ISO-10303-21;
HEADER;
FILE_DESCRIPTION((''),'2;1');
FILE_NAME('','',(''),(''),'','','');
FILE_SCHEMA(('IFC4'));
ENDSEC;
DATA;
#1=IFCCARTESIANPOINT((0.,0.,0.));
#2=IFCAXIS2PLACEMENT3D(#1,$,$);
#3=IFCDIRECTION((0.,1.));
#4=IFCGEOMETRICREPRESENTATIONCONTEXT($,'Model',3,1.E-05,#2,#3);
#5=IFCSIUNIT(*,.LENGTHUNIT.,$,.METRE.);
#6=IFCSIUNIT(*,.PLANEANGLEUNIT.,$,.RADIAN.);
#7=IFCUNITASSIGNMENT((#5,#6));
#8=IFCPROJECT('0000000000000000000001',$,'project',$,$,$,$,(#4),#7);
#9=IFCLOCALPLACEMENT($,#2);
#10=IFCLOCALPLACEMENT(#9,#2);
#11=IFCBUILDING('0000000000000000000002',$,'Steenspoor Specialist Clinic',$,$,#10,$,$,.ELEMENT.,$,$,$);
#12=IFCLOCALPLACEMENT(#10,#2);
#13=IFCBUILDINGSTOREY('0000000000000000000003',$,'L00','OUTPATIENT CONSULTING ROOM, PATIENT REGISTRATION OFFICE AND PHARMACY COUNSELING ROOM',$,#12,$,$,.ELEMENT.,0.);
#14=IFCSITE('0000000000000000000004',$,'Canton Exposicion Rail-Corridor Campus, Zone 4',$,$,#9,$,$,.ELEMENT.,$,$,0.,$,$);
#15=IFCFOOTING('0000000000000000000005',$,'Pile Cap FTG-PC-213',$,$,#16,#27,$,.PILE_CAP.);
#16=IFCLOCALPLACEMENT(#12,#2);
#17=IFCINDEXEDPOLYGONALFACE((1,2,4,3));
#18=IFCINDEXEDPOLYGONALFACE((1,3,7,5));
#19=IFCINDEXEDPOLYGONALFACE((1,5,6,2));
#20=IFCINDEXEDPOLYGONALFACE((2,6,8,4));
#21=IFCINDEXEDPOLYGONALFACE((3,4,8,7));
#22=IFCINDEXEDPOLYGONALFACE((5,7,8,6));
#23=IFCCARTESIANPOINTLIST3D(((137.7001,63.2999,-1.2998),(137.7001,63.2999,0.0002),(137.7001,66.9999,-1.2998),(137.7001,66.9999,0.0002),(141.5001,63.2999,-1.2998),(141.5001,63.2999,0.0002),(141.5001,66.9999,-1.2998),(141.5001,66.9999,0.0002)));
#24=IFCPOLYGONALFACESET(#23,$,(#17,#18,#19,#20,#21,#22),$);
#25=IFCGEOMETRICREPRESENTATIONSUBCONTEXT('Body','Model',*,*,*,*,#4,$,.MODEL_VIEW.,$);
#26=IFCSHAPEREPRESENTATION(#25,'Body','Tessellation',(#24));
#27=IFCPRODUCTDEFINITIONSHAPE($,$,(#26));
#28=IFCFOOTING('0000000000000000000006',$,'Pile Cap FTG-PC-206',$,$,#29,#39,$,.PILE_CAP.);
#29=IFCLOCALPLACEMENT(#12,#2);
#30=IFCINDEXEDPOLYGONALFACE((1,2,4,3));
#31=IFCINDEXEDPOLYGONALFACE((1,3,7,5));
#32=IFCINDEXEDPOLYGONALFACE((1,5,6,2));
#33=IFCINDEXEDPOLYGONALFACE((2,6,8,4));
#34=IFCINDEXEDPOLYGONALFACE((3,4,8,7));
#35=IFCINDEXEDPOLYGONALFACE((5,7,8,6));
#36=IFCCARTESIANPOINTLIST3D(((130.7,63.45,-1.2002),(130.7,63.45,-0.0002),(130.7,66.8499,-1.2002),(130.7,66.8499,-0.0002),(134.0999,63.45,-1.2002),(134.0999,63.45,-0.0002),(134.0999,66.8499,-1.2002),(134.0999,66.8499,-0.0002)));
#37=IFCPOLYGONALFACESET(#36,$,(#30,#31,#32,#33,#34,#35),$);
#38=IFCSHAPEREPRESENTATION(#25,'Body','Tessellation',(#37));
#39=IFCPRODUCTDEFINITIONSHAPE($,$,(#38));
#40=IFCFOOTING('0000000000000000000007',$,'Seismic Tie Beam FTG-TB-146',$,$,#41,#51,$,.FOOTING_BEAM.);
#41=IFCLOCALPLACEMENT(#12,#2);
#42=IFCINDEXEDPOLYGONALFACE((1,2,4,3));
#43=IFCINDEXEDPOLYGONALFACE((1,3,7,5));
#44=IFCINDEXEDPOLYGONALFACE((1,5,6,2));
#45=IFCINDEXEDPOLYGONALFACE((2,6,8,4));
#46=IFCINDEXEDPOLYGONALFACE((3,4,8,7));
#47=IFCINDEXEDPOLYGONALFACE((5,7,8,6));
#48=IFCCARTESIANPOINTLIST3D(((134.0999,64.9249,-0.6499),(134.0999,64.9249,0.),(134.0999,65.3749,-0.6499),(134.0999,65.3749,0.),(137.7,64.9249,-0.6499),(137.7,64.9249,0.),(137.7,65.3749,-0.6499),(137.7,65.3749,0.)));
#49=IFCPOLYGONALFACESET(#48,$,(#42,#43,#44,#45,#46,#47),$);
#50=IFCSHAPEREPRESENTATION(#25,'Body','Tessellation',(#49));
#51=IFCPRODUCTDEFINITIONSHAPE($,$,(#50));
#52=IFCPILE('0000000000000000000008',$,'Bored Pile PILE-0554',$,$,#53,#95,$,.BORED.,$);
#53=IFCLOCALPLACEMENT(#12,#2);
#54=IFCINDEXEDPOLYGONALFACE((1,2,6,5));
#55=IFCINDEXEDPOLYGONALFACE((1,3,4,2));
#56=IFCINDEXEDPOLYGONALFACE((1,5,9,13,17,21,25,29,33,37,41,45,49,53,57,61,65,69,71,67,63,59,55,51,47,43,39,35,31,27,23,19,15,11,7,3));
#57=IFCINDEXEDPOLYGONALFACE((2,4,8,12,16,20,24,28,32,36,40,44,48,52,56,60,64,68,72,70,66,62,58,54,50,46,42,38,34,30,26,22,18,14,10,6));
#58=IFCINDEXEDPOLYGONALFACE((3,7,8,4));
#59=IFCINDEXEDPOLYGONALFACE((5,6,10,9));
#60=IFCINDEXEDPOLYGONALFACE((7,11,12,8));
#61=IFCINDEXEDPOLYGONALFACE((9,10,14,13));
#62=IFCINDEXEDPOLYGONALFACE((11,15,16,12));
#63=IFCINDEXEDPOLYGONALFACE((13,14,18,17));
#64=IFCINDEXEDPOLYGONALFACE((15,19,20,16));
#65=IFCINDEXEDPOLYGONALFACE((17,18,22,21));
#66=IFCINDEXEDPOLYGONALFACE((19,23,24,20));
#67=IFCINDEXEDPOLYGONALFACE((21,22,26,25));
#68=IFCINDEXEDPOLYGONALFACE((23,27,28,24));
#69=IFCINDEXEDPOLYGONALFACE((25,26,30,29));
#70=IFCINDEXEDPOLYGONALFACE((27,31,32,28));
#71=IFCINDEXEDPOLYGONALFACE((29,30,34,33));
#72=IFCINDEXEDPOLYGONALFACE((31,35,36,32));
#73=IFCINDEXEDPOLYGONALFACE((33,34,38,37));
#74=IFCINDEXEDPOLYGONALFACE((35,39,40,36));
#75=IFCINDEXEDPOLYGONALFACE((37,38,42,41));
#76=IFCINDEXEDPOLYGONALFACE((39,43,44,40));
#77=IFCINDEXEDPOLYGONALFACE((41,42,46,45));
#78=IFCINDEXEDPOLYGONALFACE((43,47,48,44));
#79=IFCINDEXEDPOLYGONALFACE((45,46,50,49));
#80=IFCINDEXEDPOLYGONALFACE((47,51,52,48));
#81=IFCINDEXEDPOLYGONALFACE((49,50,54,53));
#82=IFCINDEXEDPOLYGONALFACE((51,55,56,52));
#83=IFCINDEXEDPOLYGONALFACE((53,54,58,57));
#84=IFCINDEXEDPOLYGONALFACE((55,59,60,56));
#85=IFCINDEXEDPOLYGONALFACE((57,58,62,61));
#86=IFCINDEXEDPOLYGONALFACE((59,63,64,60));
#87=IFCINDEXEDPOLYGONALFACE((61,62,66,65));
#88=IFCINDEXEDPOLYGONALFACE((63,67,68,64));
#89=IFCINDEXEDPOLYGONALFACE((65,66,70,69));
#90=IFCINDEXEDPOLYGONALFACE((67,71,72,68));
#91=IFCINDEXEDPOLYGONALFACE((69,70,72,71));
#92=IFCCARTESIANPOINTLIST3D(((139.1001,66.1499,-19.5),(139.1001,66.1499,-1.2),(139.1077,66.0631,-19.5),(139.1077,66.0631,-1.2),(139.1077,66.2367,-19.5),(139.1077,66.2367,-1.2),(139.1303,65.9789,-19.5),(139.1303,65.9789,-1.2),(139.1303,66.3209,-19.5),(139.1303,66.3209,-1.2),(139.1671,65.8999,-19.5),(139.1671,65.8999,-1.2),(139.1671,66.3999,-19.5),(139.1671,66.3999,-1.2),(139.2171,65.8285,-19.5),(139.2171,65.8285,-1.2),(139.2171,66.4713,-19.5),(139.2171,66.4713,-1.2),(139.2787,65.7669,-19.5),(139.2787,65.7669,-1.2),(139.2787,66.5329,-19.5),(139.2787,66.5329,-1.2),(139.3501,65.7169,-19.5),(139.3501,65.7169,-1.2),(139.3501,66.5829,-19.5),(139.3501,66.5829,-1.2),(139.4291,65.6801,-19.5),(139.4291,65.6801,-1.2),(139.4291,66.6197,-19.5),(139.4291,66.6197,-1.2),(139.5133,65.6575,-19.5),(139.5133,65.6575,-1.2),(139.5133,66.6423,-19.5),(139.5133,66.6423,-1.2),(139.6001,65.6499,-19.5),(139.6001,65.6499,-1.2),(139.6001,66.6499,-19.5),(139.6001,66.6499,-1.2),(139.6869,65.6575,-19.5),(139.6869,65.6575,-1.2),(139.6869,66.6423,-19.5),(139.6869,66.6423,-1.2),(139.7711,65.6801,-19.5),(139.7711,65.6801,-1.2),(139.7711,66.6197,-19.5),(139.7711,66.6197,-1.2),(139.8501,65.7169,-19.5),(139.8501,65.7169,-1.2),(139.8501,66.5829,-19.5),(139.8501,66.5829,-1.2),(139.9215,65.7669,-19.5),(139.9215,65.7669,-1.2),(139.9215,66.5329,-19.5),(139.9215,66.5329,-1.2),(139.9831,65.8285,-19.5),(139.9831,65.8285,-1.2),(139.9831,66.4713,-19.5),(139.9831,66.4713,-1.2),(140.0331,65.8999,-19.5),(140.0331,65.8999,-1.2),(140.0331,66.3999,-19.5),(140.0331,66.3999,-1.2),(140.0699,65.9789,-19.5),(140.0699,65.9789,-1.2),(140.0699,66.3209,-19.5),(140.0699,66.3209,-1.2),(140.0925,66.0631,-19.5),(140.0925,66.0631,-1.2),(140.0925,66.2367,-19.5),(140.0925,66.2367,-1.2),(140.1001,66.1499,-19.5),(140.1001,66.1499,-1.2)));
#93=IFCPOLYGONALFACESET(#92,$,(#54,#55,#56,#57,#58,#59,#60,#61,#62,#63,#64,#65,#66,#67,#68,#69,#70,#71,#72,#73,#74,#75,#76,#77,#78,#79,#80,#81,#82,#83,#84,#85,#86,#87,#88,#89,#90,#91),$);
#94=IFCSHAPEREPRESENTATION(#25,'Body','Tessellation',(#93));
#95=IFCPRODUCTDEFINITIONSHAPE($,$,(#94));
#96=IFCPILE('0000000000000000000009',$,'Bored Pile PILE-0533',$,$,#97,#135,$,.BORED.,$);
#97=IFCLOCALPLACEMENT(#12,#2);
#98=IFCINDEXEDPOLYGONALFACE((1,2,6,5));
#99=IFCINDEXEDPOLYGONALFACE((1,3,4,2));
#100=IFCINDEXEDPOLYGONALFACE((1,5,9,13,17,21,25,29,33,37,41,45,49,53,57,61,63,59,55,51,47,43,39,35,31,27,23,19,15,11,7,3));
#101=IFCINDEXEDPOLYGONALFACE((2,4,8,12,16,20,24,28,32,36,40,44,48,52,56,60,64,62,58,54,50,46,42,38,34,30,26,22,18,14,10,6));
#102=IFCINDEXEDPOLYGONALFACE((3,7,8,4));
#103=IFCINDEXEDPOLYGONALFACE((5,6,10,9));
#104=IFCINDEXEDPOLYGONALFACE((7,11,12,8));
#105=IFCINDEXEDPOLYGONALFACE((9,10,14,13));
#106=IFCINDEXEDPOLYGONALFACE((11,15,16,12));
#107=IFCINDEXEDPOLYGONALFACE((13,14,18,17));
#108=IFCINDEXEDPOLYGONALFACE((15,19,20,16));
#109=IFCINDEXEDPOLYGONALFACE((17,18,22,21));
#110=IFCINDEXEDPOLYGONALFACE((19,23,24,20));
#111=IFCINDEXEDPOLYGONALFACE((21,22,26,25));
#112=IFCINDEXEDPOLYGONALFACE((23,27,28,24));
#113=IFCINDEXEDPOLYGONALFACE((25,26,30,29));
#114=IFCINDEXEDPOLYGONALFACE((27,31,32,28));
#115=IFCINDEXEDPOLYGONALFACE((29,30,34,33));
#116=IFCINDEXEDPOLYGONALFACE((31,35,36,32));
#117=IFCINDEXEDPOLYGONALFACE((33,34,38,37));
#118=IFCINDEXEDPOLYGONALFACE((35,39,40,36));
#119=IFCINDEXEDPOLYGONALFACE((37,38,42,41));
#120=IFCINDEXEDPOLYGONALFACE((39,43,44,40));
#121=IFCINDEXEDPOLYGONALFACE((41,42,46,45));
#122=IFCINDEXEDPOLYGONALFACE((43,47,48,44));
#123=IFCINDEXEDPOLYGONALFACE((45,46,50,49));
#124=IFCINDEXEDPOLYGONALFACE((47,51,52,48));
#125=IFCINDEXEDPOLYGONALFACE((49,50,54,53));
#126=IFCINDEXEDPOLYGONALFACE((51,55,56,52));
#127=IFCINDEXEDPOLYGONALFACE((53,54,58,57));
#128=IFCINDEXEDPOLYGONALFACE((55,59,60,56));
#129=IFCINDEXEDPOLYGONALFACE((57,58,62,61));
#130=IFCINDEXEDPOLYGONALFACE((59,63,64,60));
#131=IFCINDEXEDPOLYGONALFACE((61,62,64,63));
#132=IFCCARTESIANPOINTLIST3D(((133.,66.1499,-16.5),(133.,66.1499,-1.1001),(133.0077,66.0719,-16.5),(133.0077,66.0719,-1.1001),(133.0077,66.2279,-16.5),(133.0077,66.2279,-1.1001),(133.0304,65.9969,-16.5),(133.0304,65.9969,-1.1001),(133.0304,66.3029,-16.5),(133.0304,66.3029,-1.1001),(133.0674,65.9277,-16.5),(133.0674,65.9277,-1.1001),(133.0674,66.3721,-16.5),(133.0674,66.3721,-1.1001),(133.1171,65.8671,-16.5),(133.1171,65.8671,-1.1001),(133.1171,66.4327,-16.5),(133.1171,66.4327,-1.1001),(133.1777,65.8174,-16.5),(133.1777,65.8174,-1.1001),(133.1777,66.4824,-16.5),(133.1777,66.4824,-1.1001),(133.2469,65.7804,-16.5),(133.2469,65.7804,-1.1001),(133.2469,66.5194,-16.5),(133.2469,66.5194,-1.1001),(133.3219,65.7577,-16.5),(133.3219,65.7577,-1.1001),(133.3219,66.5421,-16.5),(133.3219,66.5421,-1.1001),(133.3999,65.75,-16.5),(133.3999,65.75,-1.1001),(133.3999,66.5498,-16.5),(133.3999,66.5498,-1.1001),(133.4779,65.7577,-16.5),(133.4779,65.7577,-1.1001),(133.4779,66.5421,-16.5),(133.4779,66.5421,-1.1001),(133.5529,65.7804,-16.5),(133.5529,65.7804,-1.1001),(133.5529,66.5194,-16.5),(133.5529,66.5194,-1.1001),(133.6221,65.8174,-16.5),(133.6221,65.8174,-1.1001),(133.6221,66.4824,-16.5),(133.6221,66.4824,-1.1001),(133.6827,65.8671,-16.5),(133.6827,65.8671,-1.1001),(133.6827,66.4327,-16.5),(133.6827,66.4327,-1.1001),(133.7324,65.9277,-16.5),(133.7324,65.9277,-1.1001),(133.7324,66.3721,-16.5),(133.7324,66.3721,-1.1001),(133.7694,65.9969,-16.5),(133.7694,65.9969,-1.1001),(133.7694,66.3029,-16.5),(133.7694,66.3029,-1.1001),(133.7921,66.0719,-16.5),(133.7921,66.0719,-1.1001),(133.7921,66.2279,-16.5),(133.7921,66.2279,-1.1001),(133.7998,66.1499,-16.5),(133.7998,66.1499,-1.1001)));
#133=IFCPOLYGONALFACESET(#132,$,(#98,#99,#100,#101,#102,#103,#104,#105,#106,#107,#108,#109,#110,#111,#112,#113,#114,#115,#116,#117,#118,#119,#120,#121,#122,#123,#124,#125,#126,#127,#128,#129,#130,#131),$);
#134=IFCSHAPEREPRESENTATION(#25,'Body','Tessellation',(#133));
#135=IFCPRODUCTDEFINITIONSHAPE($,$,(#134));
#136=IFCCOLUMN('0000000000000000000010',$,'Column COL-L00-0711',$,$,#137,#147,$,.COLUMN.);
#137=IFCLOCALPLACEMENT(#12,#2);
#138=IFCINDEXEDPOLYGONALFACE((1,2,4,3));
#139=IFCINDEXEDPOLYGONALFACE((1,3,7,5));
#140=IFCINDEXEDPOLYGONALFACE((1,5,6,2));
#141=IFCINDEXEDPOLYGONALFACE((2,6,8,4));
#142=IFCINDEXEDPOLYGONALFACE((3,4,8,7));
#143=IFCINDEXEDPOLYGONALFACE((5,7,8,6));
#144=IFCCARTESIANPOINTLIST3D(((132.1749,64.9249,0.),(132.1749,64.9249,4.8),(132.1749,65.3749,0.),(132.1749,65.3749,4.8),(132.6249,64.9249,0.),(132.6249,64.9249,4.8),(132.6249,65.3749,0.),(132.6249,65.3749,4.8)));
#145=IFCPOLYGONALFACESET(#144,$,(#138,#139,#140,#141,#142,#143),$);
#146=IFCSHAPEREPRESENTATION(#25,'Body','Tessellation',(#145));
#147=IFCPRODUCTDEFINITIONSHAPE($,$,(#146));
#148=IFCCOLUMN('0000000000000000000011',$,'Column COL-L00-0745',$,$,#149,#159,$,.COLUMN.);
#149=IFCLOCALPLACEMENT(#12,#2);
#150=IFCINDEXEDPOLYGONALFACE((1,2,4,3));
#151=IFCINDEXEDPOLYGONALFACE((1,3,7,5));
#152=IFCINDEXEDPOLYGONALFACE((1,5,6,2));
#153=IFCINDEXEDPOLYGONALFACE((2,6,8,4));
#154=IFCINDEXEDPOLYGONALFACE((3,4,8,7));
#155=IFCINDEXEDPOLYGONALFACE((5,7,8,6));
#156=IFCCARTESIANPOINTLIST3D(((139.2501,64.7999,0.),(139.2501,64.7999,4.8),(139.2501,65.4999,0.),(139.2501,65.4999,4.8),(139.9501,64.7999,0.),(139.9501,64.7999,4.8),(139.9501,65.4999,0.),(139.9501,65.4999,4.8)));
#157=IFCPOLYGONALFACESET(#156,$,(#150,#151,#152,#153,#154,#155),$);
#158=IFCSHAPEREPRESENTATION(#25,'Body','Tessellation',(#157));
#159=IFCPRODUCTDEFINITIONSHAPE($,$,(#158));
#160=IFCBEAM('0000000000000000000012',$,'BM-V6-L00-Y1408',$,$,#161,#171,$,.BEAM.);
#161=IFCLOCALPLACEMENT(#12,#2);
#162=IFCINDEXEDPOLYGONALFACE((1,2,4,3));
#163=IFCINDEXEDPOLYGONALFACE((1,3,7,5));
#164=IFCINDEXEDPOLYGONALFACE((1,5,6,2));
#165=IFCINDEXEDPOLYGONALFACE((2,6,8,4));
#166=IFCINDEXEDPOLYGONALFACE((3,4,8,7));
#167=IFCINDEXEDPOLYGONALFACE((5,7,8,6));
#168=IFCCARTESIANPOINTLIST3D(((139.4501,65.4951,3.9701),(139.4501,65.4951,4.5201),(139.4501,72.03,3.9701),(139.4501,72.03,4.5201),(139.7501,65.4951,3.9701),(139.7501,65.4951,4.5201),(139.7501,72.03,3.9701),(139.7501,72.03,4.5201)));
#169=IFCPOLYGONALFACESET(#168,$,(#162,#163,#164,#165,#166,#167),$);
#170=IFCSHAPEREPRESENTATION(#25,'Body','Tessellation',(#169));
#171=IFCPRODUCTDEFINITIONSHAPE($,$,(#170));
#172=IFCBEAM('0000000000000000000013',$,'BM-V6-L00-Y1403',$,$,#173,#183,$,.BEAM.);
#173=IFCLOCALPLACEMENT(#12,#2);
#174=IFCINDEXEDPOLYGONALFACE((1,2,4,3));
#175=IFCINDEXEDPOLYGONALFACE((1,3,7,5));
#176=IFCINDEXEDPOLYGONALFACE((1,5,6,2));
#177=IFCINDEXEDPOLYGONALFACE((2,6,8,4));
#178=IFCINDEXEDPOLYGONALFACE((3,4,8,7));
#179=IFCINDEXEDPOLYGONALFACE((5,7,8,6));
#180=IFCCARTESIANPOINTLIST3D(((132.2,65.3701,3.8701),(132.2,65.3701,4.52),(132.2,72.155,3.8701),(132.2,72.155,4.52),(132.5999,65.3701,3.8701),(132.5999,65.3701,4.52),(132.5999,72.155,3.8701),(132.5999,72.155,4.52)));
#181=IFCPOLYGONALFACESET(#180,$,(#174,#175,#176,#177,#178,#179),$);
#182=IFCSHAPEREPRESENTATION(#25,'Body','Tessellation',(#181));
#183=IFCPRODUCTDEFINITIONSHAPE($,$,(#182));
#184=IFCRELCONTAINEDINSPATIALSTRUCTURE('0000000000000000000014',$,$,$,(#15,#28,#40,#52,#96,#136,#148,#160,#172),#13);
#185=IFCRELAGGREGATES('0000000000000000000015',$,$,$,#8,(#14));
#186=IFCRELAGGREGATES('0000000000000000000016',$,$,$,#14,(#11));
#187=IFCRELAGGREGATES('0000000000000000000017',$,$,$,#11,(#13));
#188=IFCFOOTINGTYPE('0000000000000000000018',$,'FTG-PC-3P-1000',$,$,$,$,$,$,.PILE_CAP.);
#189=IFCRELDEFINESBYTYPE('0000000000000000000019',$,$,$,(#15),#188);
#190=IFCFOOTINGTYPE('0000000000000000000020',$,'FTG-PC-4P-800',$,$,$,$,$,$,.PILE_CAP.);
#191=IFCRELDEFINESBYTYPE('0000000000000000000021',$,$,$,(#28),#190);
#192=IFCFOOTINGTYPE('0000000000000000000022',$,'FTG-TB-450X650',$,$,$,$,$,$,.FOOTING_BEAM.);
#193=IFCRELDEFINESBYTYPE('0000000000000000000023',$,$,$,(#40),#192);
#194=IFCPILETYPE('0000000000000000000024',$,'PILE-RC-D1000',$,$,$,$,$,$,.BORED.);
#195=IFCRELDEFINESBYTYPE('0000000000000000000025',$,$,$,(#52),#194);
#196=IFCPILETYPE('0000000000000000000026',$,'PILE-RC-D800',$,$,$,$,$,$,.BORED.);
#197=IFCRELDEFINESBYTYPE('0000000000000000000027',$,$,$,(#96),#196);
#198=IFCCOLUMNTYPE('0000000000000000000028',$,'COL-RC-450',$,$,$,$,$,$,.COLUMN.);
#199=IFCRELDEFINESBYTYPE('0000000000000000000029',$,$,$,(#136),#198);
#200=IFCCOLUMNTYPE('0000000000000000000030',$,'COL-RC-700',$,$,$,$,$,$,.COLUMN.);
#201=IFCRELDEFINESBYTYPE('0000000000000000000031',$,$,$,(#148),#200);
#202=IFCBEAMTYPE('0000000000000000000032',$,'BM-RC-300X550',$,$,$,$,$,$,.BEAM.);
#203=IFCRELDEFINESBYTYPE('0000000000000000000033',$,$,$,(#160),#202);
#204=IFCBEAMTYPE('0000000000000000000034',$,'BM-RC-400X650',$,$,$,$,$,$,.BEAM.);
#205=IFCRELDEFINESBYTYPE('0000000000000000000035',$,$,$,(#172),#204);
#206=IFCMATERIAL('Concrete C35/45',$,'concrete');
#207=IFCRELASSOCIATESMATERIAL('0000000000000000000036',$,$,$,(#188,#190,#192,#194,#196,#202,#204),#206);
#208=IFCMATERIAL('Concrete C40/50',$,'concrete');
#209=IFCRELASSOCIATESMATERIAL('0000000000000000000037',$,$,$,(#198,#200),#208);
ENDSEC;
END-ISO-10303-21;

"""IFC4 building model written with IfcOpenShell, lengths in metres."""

from ifc_helpers import new_model, si_unit, direction, frame, origin, origin_2d, place, context, subcontext, project, spatial, rectangle, circle, extrude, material, material_profile, profile_set, type_object, element, save


model = new_model("IFC4")

# Units and contexts
model_context = context("Model", 3, precision=1e-05, world=origin(), true_north=direction((0.0, 1.0)))
body_context = subcontext(model_context, "Body", "Model", "MODEL_VIEW")
ifc_project = project(units=[si_unit("LENGTHUNIT", "METRE"), si_unit("PLANEANGLEUNIT", "RADIAN")], contexts=[model_context])

# Site, building, storey
site_placement = place(None, origin())
site = spatial("IfcSite", under=ifc_project, at=site_placement, Name="Canton Exposicion Rail-Corridor Campus, Zone 4", CompositionType="ELEMENT", RefElevation=0.0)
building_placement = place(site_placement, origin())
building = spatial("IfcBuilding", under=site, at=building_placement, Name="Steenspoor Specialist Clinic", CompositionType="ELEMENT")
storey_placement = place(building_placement, origin())
storey = spatial("IfcBuildingStorey", under=building, at=storey_placement, Name="L00", Description="OUTPATIENT CONSULTING ROOM, PATIENT REGISTRATION OFFICE AND PHARMACY COUNSELING ROOM", CompositionType="ELEMENT", Elevation=0.0)

# Footings
ifc_material_1 = material(Name="Concrete C35/45", Category="concrete")
footing_type_1 = type_object("IfcFootingType", Name="FTG-PC-3P-1000", PredefinedType="PILE_CAP", material=ifc_material_1)
footing_1_placement = place(storey_placement, frame((139.6001, 65.1499, -1.2998), z_axis=(0.0, 0.0, 1.0), x_axis=(1.0, 0.0, 0.0)))
element("IfcFooting", 1, at=footing_1_placement, inside=storey, type_object=footing_type_1, Name="Pile Cap FTG-PC-213", PredefinedType="PILE_CAP", context=body_context, shape_type="SweptSolid", body=[
    extrude(rectangle(XDim=3.8, YDim=3.7, at=origin_2d()), origin(), (0.0, 0.0, 1.0), 1.3),
])
footing_type_2 = type_object("IfcFootingType", Name="FTG-PC-4P-800", PredefinedType="PILE_CAP", material=ifc_material_1)
footing_2_placement = place(storey_placement, frame((132.3999, 65.1499, -1.2002), z_axis=(0.0, 0.0, 1.0), x_axis=(1.0, 0.0, 0.0)))
element("IfcFooting", 2, at=footing_2_placement, inside=storey, type_object=footing_type_2, Name="Pile Cap FTG-PC-206", PredefinedType="PILE_CAP", context=body_context, shape_type="SweptSolid", body=[
    extrude(rectangle(XDim=3.3999, YDim=3.3999, at=origin_2d()), origin(), (0.0, 0.0, 1.0), 1.2),
])
footing_type_3 = type_object("IfcFootingType", Name="FTG-TB-450X650", PredefinedType="FOOTING_BEAM", material=ifc_material_1)
footing_3_placement = place(storey_placement, frame((135.8999, 65.1499, -0.6499), z_axis=(0.0, 0.0, 1.0), x_axis=(1.0, 0.0, 0.0)))
element("IfcFooting", 3, at=footing_3_placement, inside=storey, type_object=footing_type_3, Name="Seismic Tie Beam FTG-TB-146", PredefinedType="FOOTING_BEAM", context=body_context, shape_type="SweptSolid", body=[
    extrude(rectangle(XDim=3.6001, YDim=0.45, at=origin_2d()), origin(), (0.0, 0.0, 1.0), 0.6499),
])

# Piles
ifc_material_profile_1 = material_profile(ifc_material_1, circle(Radius=0.5, at=origin_2d()), Name="PILE-D1000")
ifc_profile_set_1 = profile_set([ifc_material_profile_1], Name="Concrete C35/45")
pile_type_1 = type_object("IfcPileType", Name="PILE-RC-D1000", PredefinedType="BORED", material=ifc_profile_set_1)
pile_1_placement = place(storey_placement, frame((139.6001, 66.1499, -1.2), z_axis=(0.0, 0.0, -1.0), x_axis=(1.0, 0.0, 0.0)))
element("IfcPile", 4, at=pile_1_placement, inside=storey, type_object=pile_type_1, Name="Bored Pile PILE-0554", PredefinedType="BORED", context=body_context, shape_type="SweptSolid", body=[
    extrude(circle(Radius=0.5, at=origin_2d()), origin(), (0.0, 0.0, 1.0), 18.3),
])
ifc_material_profile_2 = material_profile(ifc_material_1, circle(Radius=0.3999, at=origin_2d()), Name="PILE-D800")
ifc_profile_set_2 = profile_set([ifc_material_profile_2], Name="Concrete C35/45")
pile_type_2 = type_object("IfcPileType", Name="PILE-RC-D800", PredefinedType="BORED", material=ifc_profile_set_2)
pile_2_placement = place(storey_placement, frame((133.3999, 66.1499, -1.1001), z_axis=(0.0, 0.0, -1.0), x_axis=(1.0, 0.0, 0.0)))
element("IfcPile", 5, at=pile_2_placement, inside=storey, type_object=pile_type_2, Name="Bored Pile PILE-0533", PredefinedType="BORED", context=body_context, shape_type="SweptSolid", body=[
    extrude(circle(Radius=0.3999, at=origin_2d()), origin(), (0.0, 0.0, 1.0), 15.3999),
])

# Columns
ifc_material_2 = material(Name="Concrete C40/50", Category="concrete")
ifc_material_profile_3 = material_profile(ifc_material_2, rectangle(XDim=0.45, YDim=0.45, at=origin_2d()), Name="RC-COL-450X450")
ifc_profile_set_3 = profile_set([ifc_material_profile_3], Name="Concrete C40/50")
column_type_1 = type_object("IfcColumnType", Name="COL-RC-450", PredefinedType="COLUMN", material=ifc_profile_set_3)
column_1_placement = place(storey_placement, frame((132.3999, 65.1499, 0.0), z_axis=(0.0, 0.0, 1.0), x_axis=(1.0, 0.0, 0.0)))
element("IfcColumn", 6, at=column_1_placement, inside=storey, type_object=column_type_1, Name="Column COL-L00-0711", PredefinedType="COLUMN", context=body_context, shape_type="SweptSolid", body=[
    extrude(rectangle(XDim=0.45, YDim=0.45, at=origin_2d()), origin(), (0.0, 0.0, 1.0), 4.8),
])
ifc_material_profile_4 = material_profile(ifc_material_2, rectangle(XDim=0.7, YDim=0.7, at=origin_2d()), Name="RC-COL-700X700")
ifc_profile_set_4 = profile_set([ifc_material_profile_4], Name="Concrete C40/50")
column_type_2 = type_object("IfcColumnType", Name="COL-RC-700", PredefinedType="COLUMN", material=ifc_profile_set_4)
column_2_placement = place(storey_placement, frame((139.6001, 65.1499, 0.0), z_axis=(0.0, 0.0, 1.0), x_axis=(1.0, 0.0, 0.0)))
element("IfcColumn", 7, at=column_2_placement, inside=storey, type_object=column_type_2, Name="Column COL-L00-0745", PredefinedType="COLUMN", context=body_context, shape_type="SweptSolid", body=[
    extrude(rectangle(XDim=0.7, YDim=0.7, at=origin_2d()), origin(), (0.0, 0.0, 1.0), 4.8),
])

# Beams
ifc_material_profile_5 = material_profile(ifc_material_1, rectangle(XDim=0.3, YDim=0.55, at=origin_2d()), Name="RC-BM-300X550")
ifc_profile_set_5 = profile_set([ifc_material_profile_5], Name="Concrete C35/45")
beam_type_1 = type_object("IfcBeamType", Name="BM-RC-300X550", PredefinedType="BEAM", material=ifc_profile_set_5)
beam_1_placement = place(storey_placement, frame((139.6001, 65.4951, 4.2451), z_axis=(0.0, 1.0, 0.0), x_axis=(-1.0, 0.0, 0.0)))
element("IfcBeam", 8, at=beam_1_placement, inside=storey, type_object=beam_type_1, Name="BM-V6-L00-Y1408", PredefinedType="BEAM", context=body_context, shape_type="SweptSolid", body=[
    extrude(rectangle(XDim=0.3, YDim=0.55, at=origin_2d()), origin(), (0.0, 0.0, 1.0), 6.5349),
])
ifc_material_profile_6 = material_profile(ifc_material_1, rectangle(XDim=0.3999, YDim=0.6499, at=origin_2d()), Name="RC-BM-400X650")
ifc_profile_set_6 = profile_set([ifc_material_profile_6], Name="Concrete C35/45")
beam_type_2 = type_object("IfcBeamType", Name="BM-RC-400X650", PredefinedType="BEAM", material=ifc_profile_set_6)
beam_2_placement = place(storey_placement, frame((132.3999, 65.3701, 4.1951), z_axis=(0.0, 1.0, 0.0), x_axis=(-1.0, 0.0, 0.0)))
element("IfcBeam", 9, at=beam_2_placement, inside=storey, type_object=beam_type_2, Name="BM-V6-L00-Y1403", PredefinedType="BEAM", context=body_context, shape_type="SweptSolid", body=[
    extrude(rectangle(XDim=0.3999, YDim=0.6499, at=origin_2d()), origin(), (0.0, 0.0, 1.0), 6.7849),
])

save(model, "model.ifc")
